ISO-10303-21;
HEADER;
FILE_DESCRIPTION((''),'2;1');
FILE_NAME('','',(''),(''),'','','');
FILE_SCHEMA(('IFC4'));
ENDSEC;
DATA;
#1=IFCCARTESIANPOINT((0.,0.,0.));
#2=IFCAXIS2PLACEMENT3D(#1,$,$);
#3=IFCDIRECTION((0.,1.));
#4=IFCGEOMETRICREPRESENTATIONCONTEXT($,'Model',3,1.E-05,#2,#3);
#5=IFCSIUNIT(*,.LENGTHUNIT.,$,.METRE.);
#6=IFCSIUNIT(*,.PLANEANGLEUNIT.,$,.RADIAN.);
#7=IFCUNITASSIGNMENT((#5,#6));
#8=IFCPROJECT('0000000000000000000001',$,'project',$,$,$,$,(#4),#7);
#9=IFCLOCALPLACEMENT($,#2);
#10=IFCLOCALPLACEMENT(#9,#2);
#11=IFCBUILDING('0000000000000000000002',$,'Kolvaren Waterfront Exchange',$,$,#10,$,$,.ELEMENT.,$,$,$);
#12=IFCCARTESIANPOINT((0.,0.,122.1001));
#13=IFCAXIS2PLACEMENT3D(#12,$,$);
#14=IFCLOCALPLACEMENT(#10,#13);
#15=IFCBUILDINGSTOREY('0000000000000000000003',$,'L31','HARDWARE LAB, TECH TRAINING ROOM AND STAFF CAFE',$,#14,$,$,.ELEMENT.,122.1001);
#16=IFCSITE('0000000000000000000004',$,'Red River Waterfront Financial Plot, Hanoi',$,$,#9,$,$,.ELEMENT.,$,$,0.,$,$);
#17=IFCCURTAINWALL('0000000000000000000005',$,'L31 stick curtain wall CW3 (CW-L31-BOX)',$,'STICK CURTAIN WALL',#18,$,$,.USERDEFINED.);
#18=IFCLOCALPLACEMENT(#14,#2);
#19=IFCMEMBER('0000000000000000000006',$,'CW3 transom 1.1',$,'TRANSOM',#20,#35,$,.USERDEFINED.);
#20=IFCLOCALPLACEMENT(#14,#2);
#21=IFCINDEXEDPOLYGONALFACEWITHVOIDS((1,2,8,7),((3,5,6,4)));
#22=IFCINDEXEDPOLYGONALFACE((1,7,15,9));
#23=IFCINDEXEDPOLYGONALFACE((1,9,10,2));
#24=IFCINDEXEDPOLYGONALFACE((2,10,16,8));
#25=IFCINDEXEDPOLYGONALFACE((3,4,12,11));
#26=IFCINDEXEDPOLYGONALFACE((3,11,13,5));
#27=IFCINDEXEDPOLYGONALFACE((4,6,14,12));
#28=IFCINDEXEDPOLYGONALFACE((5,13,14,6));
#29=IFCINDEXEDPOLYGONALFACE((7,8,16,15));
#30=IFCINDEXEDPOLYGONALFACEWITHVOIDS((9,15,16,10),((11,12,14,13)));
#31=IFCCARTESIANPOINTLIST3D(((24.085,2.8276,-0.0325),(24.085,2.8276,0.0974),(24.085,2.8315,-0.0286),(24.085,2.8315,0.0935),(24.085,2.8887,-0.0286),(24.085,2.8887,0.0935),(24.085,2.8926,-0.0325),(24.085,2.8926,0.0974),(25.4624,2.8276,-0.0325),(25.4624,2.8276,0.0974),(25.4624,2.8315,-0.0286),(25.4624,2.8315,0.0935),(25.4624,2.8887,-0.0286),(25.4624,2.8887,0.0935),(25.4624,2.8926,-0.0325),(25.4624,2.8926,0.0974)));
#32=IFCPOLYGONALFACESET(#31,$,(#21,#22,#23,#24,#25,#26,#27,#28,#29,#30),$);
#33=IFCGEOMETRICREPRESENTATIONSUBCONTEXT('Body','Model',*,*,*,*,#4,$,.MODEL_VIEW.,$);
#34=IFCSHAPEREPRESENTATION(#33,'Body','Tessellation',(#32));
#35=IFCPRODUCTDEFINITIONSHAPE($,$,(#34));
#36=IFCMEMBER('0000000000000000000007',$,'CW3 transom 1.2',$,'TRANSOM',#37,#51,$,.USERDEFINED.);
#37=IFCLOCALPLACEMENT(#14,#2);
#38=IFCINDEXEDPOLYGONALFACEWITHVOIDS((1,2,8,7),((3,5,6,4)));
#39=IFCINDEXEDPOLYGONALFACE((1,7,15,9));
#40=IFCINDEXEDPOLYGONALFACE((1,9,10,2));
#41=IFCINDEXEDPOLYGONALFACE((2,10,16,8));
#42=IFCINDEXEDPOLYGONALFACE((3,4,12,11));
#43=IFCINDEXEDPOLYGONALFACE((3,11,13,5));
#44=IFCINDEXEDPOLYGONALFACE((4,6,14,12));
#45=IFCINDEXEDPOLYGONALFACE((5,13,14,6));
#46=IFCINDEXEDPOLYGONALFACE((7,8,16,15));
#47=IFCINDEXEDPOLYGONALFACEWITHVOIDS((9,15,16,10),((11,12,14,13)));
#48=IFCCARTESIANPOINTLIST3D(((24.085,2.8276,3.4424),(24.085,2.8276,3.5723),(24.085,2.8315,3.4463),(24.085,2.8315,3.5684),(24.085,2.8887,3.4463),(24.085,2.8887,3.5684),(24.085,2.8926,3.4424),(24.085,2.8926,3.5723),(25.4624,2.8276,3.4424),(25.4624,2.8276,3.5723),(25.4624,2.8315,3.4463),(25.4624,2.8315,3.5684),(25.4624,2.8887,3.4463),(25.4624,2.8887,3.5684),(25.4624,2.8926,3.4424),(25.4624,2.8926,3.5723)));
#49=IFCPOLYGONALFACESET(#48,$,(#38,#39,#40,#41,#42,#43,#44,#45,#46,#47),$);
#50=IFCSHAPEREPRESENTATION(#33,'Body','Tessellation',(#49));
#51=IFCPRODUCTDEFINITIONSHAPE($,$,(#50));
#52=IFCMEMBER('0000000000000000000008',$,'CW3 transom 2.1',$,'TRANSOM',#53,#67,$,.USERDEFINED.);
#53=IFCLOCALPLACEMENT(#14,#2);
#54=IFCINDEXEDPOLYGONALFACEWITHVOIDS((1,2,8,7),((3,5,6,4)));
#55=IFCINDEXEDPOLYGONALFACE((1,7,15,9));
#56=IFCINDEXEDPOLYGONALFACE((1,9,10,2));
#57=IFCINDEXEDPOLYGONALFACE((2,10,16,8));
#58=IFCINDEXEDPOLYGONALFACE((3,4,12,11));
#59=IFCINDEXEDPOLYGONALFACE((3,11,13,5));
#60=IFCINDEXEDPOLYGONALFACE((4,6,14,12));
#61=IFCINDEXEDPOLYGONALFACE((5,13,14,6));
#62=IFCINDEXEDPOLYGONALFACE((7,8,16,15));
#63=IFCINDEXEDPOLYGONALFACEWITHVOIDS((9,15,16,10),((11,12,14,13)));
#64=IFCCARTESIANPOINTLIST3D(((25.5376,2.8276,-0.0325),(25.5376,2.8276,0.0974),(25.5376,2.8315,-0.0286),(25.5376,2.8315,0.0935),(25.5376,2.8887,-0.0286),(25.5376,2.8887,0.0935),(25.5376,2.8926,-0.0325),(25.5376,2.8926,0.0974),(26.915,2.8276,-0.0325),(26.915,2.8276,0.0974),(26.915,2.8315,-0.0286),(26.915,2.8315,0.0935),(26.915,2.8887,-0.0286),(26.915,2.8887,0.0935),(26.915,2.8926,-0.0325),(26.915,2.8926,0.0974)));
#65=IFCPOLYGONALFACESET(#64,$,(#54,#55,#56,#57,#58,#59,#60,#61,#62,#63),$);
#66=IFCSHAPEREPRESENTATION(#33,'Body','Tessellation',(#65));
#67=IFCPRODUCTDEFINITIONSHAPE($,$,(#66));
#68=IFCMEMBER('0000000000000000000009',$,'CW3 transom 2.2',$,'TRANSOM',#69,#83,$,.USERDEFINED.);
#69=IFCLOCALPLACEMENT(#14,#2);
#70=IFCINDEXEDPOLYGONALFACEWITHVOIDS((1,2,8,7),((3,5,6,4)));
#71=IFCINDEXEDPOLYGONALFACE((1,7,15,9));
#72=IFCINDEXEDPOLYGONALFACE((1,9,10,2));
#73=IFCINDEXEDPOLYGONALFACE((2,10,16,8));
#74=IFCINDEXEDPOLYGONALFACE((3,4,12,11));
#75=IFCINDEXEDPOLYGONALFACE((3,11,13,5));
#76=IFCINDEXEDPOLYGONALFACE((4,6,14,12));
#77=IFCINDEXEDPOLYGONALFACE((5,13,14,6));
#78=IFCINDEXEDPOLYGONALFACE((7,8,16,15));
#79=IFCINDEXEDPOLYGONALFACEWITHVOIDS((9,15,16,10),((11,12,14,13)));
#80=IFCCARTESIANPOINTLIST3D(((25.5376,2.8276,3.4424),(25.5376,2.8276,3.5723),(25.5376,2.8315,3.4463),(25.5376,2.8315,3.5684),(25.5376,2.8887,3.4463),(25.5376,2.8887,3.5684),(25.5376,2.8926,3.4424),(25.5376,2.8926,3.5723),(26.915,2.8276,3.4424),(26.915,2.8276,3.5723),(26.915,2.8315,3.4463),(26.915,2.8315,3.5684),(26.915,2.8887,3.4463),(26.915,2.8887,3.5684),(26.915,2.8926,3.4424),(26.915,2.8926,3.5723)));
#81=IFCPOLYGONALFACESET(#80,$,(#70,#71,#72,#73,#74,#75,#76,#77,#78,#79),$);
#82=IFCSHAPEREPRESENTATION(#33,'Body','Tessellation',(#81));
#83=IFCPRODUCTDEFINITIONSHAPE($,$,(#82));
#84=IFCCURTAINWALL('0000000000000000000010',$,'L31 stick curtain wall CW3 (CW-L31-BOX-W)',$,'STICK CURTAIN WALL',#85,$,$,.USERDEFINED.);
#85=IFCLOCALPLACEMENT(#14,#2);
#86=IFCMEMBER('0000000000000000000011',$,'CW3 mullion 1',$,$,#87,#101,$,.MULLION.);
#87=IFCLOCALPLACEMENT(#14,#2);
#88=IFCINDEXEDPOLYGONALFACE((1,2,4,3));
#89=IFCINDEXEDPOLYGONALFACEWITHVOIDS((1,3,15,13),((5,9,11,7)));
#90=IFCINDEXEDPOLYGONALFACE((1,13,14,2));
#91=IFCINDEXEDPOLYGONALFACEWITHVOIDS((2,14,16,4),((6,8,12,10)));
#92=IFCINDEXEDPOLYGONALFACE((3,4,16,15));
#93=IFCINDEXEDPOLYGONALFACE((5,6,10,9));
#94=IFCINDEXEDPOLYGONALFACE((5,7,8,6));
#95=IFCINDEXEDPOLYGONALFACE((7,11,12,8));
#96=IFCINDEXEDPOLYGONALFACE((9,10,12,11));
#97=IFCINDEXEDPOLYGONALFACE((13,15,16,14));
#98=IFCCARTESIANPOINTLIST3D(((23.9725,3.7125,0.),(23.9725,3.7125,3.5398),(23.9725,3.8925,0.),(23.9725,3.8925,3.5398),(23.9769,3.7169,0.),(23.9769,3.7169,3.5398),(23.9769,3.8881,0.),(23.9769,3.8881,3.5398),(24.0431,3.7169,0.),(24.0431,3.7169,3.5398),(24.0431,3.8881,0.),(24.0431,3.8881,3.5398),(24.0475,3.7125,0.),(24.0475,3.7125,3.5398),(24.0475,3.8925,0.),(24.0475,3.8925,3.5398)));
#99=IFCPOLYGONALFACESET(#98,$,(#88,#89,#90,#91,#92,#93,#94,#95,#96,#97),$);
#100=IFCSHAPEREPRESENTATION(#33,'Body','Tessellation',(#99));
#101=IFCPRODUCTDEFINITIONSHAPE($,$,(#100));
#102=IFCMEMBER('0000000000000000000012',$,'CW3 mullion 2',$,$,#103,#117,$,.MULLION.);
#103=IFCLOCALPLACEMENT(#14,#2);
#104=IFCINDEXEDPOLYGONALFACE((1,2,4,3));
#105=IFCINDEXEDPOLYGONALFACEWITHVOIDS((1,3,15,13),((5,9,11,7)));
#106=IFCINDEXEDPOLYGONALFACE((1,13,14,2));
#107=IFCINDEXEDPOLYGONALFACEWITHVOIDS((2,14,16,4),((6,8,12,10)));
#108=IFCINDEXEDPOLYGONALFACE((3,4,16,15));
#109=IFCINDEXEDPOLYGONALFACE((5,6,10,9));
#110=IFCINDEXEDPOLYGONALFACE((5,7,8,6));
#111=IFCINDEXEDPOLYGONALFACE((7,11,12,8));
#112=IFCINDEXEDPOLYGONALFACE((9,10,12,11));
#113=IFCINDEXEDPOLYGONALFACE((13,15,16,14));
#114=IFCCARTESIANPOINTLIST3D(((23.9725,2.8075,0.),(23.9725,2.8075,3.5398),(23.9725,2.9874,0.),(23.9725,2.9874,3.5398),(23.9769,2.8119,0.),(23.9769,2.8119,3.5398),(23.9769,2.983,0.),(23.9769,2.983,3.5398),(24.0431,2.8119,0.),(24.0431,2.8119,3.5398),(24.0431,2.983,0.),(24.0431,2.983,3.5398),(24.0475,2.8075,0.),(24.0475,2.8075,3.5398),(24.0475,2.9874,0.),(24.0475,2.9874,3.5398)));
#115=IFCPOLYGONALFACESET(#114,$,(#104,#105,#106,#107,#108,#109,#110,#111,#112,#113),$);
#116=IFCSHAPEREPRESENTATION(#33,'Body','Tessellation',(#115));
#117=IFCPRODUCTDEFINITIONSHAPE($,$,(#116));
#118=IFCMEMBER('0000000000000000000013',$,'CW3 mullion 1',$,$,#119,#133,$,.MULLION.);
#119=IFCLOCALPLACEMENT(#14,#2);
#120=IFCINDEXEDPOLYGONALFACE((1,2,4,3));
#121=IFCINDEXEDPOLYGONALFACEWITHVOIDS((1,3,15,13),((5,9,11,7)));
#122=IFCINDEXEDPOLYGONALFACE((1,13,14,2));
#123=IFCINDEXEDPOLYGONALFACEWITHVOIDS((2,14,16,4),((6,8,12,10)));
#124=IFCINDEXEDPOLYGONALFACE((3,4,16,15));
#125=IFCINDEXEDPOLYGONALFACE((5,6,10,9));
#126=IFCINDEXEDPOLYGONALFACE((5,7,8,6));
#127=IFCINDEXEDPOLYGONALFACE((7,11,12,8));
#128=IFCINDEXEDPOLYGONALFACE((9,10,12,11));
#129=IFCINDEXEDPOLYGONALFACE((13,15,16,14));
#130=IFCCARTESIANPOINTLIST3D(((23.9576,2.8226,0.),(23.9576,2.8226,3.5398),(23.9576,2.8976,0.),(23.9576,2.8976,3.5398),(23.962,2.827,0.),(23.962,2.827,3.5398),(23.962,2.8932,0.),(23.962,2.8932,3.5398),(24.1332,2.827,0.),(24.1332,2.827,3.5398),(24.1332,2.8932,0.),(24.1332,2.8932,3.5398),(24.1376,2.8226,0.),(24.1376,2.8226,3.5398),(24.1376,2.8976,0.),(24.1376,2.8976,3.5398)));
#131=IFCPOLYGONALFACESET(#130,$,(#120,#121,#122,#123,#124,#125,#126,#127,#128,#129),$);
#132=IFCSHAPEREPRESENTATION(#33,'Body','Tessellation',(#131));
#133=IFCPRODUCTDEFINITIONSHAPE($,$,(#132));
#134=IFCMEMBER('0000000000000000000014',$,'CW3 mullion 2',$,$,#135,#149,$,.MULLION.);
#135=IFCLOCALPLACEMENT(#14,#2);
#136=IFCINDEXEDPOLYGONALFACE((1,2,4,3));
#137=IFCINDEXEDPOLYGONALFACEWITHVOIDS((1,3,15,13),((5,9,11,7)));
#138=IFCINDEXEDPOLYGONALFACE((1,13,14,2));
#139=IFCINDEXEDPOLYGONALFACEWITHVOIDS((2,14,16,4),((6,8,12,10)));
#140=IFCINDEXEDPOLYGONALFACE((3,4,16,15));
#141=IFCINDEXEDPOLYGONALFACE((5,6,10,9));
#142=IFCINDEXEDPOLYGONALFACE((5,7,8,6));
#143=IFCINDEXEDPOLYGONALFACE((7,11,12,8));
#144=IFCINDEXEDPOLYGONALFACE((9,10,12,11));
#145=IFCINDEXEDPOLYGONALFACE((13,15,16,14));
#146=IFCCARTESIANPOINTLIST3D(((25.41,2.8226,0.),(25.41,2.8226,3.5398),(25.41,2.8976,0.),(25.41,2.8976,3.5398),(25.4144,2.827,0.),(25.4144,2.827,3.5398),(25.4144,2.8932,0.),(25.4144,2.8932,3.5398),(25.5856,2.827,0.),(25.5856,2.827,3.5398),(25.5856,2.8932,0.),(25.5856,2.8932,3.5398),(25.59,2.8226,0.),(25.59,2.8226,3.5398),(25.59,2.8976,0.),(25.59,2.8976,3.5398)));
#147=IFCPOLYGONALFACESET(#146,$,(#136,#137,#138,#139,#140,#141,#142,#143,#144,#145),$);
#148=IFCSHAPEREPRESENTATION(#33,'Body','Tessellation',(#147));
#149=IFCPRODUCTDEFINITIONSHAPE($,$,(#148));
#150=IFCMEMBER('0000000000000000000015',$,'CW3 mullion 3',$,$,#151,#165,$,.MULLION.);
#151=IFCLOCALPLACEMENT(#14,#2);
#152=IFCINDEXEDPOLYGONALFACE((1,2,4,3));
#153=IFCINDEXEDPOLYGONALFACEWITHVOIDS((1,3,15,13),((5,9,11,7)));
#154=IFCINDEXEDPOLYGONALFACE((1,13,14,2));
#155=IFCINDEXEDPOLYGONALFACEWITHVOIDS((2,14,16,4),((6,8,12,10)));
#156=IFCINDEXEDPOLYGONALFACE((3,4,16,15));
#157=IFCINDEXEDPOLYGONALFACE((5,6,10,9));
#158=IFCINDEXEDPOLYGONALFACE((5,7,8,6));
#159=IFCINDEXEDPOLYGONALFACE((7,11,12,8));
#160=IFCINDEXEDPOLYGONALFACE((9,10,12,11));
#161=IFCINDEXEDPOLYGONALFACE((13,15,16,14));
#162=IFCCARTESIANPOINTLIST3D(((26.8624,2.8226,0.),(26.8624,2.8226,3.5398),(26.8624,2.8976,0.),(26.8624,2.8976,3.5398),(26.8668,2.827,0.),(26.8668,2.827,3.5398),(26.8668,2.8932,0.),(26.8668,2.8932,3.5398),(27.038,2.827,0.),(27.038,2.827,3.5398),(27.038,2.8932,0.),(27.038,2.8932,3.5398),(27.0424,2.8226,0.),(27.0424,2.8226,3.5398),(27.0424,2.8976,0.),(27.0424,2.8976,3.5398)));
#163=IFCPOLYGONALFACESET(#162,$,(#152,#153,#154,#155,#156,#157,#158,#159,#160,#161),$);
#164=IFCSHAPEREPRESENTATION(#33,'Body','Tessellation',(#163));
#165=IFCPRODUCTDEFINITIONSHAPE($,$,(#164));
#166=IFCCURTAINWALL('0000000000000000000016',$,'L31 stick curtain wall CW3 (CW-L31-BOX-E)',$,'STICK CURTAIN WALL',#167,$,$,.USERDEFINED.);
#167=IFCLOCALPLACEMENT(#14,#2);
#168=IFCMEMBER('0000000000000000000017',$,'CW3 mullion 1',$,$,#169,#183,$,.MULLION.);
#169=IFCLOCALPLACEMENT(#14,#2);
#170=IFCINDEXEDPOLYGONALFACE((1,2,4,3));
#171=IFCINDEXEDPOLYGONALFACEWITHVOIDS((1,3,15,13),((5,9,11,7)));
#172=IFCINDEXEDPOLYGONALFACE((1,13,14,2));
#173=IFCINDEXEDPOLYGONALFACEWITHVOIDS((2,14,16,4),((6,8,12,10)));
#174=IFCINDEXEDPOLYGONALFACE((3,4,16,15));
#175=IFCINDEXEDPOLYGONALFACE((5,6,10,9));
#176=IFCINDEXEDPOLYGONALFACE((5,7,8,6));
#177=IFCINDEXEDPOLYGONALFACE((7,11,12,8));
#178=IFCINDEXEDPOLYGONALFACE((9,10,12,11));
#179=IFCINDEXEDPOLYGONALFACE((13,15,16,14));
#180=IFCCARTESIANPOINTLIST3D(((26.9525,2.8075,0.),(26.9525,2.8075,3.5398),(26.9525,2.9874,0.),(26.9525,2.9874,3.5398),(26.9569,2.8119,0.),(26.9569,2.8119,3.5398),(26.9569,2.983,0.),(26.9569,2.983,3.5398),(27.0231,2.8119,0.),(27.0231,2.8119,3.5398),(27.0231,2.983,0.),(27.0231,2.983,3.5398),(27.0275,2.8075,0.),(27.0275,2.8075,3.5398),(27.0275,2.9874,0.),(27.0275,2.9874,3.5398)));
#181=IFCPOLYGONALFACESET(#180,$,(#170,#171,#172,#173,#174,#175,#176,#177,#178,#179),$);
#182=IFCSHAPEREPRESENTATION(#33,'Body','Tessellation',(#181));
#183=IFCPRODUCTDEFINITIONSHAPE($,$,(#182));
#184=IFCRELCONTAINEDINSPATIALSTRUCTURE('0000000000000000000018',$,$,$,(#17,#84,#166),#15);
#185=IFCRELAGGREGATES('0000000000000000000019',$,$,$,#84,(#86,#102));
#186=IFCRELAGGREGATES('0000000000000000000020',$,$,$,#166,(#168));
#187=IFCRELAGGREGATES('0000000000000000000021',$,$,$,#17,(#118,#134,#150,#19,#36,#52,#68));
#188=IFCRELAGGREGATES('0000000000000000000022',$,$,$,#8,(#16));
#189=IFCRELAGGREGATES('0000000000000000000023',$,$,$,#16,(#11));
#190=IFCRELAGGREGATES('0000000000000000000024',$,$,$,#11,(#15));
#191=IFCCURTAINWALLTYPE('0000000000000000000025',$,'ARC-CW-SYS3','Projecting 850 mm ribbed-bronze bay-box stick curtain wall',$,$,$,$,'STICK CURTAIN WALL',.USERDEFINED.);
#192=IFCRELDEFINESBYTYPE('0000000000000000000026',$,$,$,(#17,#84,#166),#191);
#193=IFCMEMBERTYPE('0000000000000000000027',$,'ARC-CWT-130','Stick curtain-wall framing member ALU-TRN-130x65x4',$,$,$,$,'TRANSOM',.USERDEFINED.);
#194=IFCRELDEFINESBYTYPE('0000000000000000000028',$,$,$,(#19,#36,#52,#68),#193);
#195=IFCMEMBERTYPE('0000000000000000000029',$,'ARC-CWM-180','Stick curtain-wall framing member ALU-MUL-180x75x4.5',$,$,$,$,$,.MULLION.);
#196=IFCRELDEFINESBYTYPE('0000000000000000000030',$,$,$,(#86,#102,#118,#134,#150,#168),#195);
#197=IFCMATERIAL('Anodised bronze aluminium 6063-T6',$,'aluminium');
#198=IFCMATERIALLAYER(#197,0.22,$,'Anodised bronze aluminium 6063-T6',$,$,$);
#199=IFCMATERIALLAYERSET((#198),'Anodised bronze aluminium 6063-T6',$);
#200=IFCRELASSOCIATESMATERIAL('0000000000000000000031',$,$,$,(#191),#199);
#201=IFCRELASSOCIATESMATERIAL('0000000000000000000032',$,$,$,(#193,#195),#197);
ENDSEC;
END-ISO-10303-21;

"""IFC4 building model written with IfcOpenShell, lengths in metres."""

from ifc_helpers import new_model, si_unit, direction, frame, origin, origin_with_axes, origin_2d, place, context, subcontext, project, spatial, hollow_rectangle, extrude, source, transform, mapped, material, layer, layer_set, material_profile, profile_set, type_object, element, aggregate, save


model = new_model("IFC4")

# Units and contexts
model_context = context("Model", 3, precision=1e-05, world=origin(), true_north=direction((0.0, 1.0)))
body_context = subcontext(model_context, "Body", "Model", "MODEL_VIEW")
ifc_project = project(units=[si_unit("LENGTHUNIT", "METRE"), si_unit("PLANEANGLEUNIT", "RADIAN")], contexts=[model_context])

# Site, building, storey
site_placement = place(None, origin())
site = spatial("IfcSite", under=ifc_project, at=site_placement, Name="Red River Waterfront Financial Plot, Hanoi", CompositionType="ELEMENT", RefElevation=0.0)
building_placement = place(site_placement, origin())
building = spatial("IfcBuilding", under=site, at=building_placement, Name="Kolvaren Waterfront Exchange", CompositionType="ELEMENT")
storey_placement = place(building_placement, frame((0.0, 0.0, 122.1001)))
storey = spatial("IfcBuildingStorey", under=building, at=storey_placement, Name="L31", Description="HARDWARE LAB, TECH TRAINING ROOM AND STAFF CAFE", CompositionType="ELEMENT", Elevation=122.1001)

# Curtain walls, members
ifc_material_1 = material(Name="Anodised bronze aluminium 6063-T6", Category="aluminium")
ifc_layer_1 = layer(ifc_material_1, 0.22, Name="Anodised bronze aluminium 6063-T6")
ifc_layer_set_1 = layer_set([ifc_layer_1], Name="Anodised bronze aluminium 6063-T6")
curtain_wall_type = type_object("IfcCurtainWallType", Name="ARC-CW-SYS3", Description="Projecting 850 mm ribbed-bronze bay-box stick curtain wall", ElementType="STICK CURTAIN WALL", PredefinedType="USERDEFINED", material=ifc_layer_set_1)
curtain_wall_1_placement = place(storey_placement, origin())
curtain_wall_1 = element("IfcCurtainWall", 1, at=curtain_wall_1_placement, inside=storey, type_object=curtain_wall_type, Name="L31 stick curtain wall CW3 (CW-L31-BOX)", ObjectType="STICK CURTAIN WALL", PredefinedType="USERDEFINED")
ifc_material_profile_1 = material_profile(ifc_material_1, hollow_rectangle(XDim=0.0649, YDim=0.1299, WallThickness=0.0039, at=origin_2d()), Name="ALU-TRN-130x65x4")
ifc_profile_set_1 = profile_set([ifc_material_profile_1], Name="Anodised bronze aluminium 6063-T6")
member_type_1 = type_object("IfcMemberType", Name="ARC-CWT-130", Description="Stick curtain-wall framing member ALU-TRN-130x65x4", ElementType="TRANSOM", PredefinedType="USERDEFINED", material=ifc_profile_set_1)
shared_shape_1 = source(origin_with_axes(), body_context, "Body", "SweptSolid", [
    extrude(hollow_rectangle(XDim=0.0649, YDim=0.1299, WallThickness=0.0039, at=origin_2d()), origin(), (0.0, 0.0, 1.0), 1.3774),
])
member_1_placement = place(storey_placement, frame((24.085, 2.8601, 0.0325), z_axis=(1.0, 0.0, 0.0), x_axis=(0.0, 1.0, 0.0)))
member_1 = element("IfcMember", 2, at=member_1_placement, type_object=member_type_1, Name="CW3 transom 1.1", ObjectType="TRANSOM", PredefinedType="USERDEFINED", context=body_context, shape_type="MappedRepresentation", body=[
    mapped(shared_shape_1, transform((0.0, 0.0, 0.0), x_axis=(1.0, 0.0, 0.0), y_axis=(0.0, 1.0, 0.0), z_axis=(0.0, 0.0, 1.0), scale=1.0)),
])
member_2_placement = place(storey_placement, frame((24.085, 2.8601, 3.5073), z_axis=(1.0, 0.0, 0.0), x_axis=(0.0, 1.0, 0.0)))
member_2 = element("IfcMember", 3, at=member_2_placement, type_object=member_type_1, Name="CW3 transom 1.2", ObjectType="TRANSOM", PredefinedType="USERDEFINED", context=body_context, shape_type="MappedRepresentation", body=[
    mapped(shared_shape_1, transform((0.0, 0.0, 0.0), x_axis=(1.0, 0.0, 0.0), y_axis=(0.0, 1.0, 0.0), z_axis=(0.0, 0.0, 1.0), scale=1.0)),
])
member_3_placement = place(storey_placement, frame((25.5376, 2.8601, 0.0325), z_axis=(1.0, 0.0, 0.0), x_axis=(0.0, 1.0, 0.0)))
member_3 = element("IfcMember", 4, at=member_3_placement, type_object=member_type_1, Name="CW3 transom 2.1", ObjectType="TRANSOM", PredefinedType="USERDEFINED", context=body_context, shape_type="MappedRepresentation", body=[
    mapped(shared_shape_1, transform((0.0, 0.0, 0.0), x_axis=(1.0, 0.0, 0.0), y_axis=(0.0, 1.0, 0.0), z_axis=(0.0, 0.0, 1.0), scale=1.0)),
])
member_4_placement = place(storey_placement, frame((25.5376, 2.8601, 3.5073), z_axis=(1.0, 0.0, 0.0), x_axis=(0.0, 1.0, 0.0)))
member_4 = element("IfcMember", 5, at=member_4_placement, type_object=member_type_1, Name="CW3 transom 2.2", ObjectType="TRANSOM", PredefinedType="USERDEFINED", context=body_context, shape_type="MappedRepresentation", body=[
    mapped(shared_shape_1, transform((0.0, 0.0, 0.0), x_axis=(1.0, 0.0, 0.0), y_axis=(0.0, 1.0, 0.0), z_axis=(0.0, 0.0, 1.0), scale=1.0)),
])
curtain_wall_2_placement = place(storey_placement, origin())
curtain_wall_2 = element("IfcCurtainWall", 6, at=curtain_wall_2_placement, inside=storey, type_object=curtain_wall_type, Name="L31 stick curtain wall CW3 (CW-L31-BOX-W)", ObjectType="STICK CURTAIN WALL", PredefinedType="USERDEFINED")
ifc_material_profile_2 = material_profile(ifc_material_1, hollow_rectangle(XDim=0.075, YDim=0.1799, WallThickness=0.0044, at=origin_2d()), Name="ALU-MUL-180x75x4.5")
ifc_profile_set_2 = profile_set([ifc_material_profile_2], Name="Anodised bronze aluminium 6063-T6")
member_type_2 = type_object("IfcMemberType", Name="ARC-CWM-180", Description="Stick curtain-wall framing member ALU-MUL-180x75x4.5", PredefinedType="MULLION", material=ifc_profile_set_2)
shared_shape_2 = source(origin_with_axes(), body_context, "Body", "SweptSolid", [
    extrude(hollow_rectangle(XDim=0.075, YDim=0.1799, WallThickness=0.0044, at=origin_2d()), origin(), (0.0, 0.0, 1.0), 3.5398),
])
member_5_placement = place(storey_placement, frame((24.01, 3.8025, 0.0), z_axis=(0.0, 0.0, 1.0), x_axis=(1.0, 0.0, 0.0)))
member_5 = element("IfcMember", 7, at=member_5_placement, type_object=member_type_2, Name="CW3 mullion 1", PredefinedType="MULLION", context=body_context, shape_type="MappedRepresentation", body=[
    mapped(shared_shape_2, transform((0.0, 0.0, 0.0), x_axis=(1.0, 0.0, 0.0), y_axis=(0.0, 1.0, 0.0), z_axis=(0.0, 0.0, 1.0), scale=1.0)),
])
member_6_placement = place(storey_placement, frame((24.01, 2.8975, 0.0), z_axis=(0.0, 0.0, 1.0), x_axis=(1.0, 0.0, 0.0)))
member_6 = element("IfcMember", 8, at=member_6_placement, type_object=member_type_2, Name="CW3 mullion 2", PredefinedType="MULLION", context=body_context, shape_type="MappedRepresentation", body=[
    mapped(shared_shape_2, transform((0.0, 0.0, 0.0), x_axis=(1.0, 0.0, 0.0), y_axis=(0.0, 1.0, 0.0), z_axis=(0.0, 0.0, 1.0), scale=1.0)),
])

# Members
member_7_placement = place(storey_placement, frame((24.0476, 2.8601, 0.0), z_axis=(0.0, 0.0, 1.0), x_axis=(0.0, 1.0, 0.0)))
member_7 = element("IfcMember", 9, at=member_7_placement, type_object=member_type_2, Name="CW3 mullion 1", PredefinedType="MULLION", context=body_context, shape_type="MappedRepresentation", body=[
    mapped(shared_shape_2, transform((0.0, 0.0, 0.0), x_axis=(1.0, 0.0, 0.0), y_axis=(0.0, 1.0, 0.0), z_axis=(0.0, 0.0, 1.0), scale=1.0)),
])
member_8_placement = place(storey_placement, frame((25.5, 2.8601, 0.0), z_axis=(0.0, 0.0, 1.0), x_axis=(0.0, 1.0, 0.0)))
member_8 = element("IfcMember", 10, at=member_8_placement, type_object=member_type_2, Name="CW3 mullion 2", PredefinedType="MULLION", context=body_context, shape_type="MappedRepresentation", body=[
    mapped(shared_shape_2, transform((0.0, 0.0, 0.0), x_axis=(1.0, 0.0, 0.0), y_axis=(0.0, 1.0, 0.0), z_axis=(0.0, 0.0, 1.0), scale=1.0)),
])
member_9_placement = place(storey_placement, frame((26.9524, 2.8601, 0.0), z_axis=(0.0, 0.0, 1.0), x_axis=(0.0, 1.0, 0.0)))
member_9 = element("IfcMember", 11, at=member_9_placement, type_object=member_type_2, Name="CW3 mullion 3", PredefinedType="MULLION", context=body_context, shape_type="MappedRepresentation", body=[
    mapped(shared_shape_2, transform((0.0, 0.0, 0.0), x_axis=(1.0, 0.0, 0.0), y_axis=(0.0, 1.0, 0.0), z_axis=(0.0, 0.0, 1.0), scale=1.0)),
])

# Curtain wall, member
curtain_wall_3_placement = place(storey_placement, origin())
curtain_wall_3 = element("IfcCurtainWall", 12, at=curtain_wall_3_placement, inside=storey, type_object=curtain_wall_type, Name="L31 stick curtain wall CW3 (CW-L31-BOX-E)", ObjectType="STICK CURTAIN WALL", PredefinedType="USERDEFINED")
member_10_placement = place(storey_placement, frame((26.99, 2.8975, 0.0), z_axis=(0.0, 0.0, 1.0), x_axis=(-1.0, 0.0, 0.0)))
member_10 = element("IfcMember", 13, at=member_10_placement, type_object=member_type_2, Name="CW3 mullion 1", PredefinedType="MULLION", context=body_context, shape_type="MappedRepresentation", body=[
    mapped(shared_shape_2, transform((0.0, 0.0, 0.0), x_axis=(1.0, 0.0, 0.0), y_axis=(0.0, 1.0, 0.0), z_axis=(0.0, 0.0, 1.0), scale=1.0)),
])

aggregate(curtain_wall_2, [member_5, member_6])
aggregate(curtain_wall_3, [member_10])
aggregate(curtain_wall_1, [member_7, member_8, member_9, member_1, member_2, member_3, member_4])

save(model, "model.ifc")
